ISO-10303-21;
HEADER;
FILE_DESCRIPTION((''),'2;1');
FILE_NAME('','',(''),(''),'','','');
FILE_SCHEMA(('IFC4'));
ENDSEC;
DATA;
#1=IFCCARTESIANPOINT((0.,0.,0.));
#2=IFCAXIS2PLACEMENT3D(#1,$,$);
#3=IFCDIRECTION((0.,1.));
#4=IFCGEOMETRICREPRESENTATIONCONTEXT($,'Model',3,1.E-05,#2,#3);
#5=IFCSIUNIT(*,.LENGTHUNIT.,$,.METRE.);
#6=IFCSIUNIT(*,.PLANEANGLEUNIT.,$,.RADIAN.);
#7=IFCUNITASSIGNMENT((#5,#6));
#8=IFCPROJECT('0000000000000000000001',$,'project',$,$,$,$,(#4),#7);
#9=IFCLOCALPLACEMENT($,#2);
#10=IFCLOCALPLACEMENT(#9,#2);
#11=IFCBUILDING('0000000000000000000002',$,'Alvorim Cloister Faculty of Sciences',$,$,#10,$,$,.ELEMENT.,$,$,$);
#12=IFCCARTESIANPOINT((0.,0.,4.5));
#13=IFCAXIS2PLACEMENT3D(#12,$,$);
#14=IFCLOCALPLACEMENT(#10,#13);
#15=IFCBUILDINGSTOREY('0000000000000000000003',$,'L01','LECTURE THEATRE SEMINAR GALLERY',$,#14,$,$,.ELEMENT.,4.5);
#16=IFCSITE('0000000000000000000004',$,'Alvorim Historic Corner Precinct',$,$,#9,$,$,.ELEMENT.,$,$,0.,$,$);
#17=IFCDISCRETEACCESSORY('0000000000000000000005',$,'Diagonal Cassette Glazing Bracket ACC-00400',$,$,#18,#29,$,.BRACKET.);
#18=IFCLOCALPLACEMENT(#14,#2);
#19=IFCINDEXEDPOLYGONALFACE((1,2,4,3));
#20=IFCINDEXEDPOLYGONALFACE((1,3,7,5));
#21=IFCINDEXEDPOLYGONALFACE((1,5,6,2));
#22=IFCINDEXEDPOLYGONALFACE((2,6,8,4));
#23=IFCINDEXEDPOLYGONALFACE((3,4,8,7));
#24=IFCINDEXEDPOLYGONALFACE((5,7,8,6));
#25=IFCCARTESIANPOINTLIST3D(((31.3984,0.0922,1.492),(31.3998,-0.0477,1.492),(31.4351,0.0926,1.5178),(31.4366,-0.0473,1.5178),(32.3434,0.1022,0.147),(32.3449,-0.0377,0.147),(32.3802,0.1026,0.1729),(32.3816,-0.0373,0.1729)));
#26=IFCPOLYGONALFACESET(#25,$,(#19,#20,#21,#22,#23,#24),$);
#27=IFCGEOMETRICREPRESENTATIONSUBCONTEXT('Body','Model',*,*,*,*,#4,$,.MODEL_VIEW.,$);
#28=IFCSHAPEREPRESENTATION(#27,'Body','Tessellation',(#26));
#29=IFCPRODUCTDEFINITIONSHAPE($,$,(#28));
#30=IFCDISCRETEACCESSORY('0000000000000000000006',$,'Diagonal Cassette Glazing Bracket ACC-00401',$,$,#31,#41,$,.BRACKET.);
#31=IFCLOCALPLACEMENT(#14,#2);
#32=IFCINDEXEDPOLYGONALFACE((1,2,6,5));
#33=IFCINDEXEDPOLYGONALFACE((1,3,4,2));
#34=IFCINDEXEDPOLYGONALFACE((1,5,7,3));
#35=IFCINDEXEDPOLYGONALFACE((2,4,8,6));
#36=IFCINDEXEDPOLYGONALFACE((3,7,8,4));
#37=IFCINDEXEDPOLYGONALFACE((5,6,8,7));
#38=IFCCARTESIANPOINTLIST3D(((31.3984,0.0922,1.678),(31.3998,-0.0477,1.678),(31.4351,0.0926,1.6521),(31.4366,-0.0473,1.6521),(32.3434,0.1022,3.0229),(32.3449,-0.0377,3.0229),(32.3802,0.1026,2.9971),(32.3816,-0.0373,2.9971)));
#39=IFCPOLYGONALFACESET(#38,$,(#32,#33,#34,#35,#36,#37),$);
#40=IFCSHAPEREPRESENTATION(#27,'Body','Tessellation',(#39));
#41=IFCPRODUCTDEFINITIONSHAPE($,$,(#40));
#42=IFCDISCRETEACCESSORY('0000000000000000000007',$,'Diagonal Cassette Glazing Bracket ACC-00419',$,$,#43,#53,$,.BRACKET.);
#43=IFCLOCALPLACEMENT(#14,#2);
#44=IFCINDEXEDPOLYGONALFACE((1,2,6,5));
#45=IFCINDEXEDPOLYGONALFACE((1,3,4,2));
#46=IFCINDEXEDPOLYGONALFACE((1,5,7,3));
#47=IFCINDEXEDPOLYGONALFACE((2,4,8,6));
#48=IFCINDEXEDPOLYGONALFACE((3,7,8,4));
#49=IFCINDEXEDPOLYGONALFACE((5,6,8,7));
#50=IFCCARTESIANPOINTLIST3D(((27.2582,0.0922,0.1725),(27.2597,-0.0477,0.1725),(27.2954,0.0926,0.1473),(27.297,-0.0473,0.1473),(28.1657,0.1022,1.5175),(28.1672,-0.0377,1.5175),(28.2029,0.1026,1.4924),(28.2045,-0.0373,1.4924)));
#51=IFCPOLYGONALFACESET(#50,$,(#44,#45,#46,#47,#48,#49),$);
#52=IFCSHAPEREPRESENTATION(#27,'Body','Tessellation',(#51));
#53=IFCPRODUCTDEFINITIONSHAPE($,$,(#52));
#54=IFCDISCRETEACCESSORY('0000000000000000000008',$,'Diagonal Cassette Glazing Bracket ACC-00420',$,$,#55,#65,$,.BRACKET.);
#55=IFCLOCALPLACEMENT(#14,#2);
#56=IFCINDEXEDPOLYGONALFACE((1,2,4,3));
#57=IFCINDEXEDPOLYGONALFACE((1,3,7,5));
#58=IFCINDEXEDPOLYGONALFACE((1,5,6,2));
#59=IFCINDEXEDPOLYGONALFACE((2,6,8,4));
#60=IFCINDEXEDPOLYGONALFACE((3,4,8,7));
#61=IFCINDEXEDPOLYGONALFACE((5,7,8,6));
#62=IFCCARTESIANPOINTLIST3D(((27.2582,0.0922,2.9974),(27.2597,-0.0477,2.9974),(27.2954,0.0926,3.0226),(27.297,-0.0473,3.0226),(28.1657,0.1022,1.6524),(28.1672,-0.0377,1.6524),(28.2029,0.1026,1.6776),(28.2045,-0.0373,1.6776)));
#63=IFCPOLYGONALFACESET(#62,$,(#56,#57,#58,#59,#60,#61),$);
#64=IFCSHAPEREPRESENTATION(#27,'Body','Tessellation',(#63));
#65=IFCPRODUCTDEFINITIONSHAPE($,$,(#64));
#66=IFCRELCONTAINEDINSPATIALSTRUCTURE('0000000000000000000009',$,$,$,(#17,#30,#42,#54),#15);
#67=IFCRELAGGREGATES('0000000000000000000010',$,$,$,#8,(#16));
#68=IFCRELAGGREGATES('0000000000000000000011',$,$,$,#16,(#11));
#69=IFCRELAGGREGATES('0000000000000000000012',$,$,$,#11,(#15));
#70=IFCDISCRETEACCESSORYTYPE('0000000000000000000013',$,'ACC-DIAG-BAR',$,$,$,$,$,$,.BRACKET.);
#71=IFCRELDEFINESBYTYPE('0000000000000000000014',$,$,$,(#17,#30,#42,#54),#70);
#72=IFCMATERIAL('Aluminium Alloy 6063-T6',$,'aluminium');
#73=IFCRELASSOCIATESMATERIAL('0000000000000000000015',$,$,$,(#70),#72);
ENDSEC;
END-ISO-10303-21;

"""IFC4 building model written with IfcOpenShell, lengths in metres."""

from ifc_helpers import new_model, si_unit, direction, frame, origin, origin_2d, place, context, subcontext, project, spatial, rectangle, extrude, material, type_object, element, save


model = new_model("IFC4")

# Units and contexts
model_context = context("Model", 3, precision=1e-05, world=origin(), true_north=direction((0.0, 1.0)))
body_context = subcontext(model_context, "Body", "Model", "MODEL_VIEW")
ifc_project = project(units=[si_unit("LENGTHUNIT", "METRE"), si_unit("PLANEANGLEUNIT", "RADIAN")], contexts=[model_context])

# Site, building, storey
site_placement = place(None, origin())
site = spatial("IfcSite", under=ifc_project, at=site_placement, Name="Alvorim Historic Corner Precinct", CompositionType="ELEMENT", RefElevation=0.0)
building_placement = place(site_placement, origin())
building = spatial("IfcBuilding", under=site, at=building_placement, Name="Alvorim Cloister Faculty of Sciences", CompositionType="ELEMENT")
storey_placement = place(building_placement, frame((0.0, 0.0, 4.5)))
storey = spatial("IfcBuildingStorey", under=building, at=storey_placement, Name="L01", Description="LECTURE THEATRE SEMINAR GALLERY", CompositionType="ELEMENT", Elevation=4.5)

# Shared definitions
ifc_material_1 = material(Name="Aluminium Alloy 6063-T6", Category="aluminium")

# Discrete accessories
discrete_accessory_type = type_object("IfcDiscreteAccessoryType", Name="ACC-DIAG-BAR", PredefinedType="BRACKET", material=ifc_material_1)
for number, where, z_axis, x_axis, name in (
    (1, (31.4175, 0.0225, 1.5049), (0.574916, 0.006089, -0.81819), (-0.010591, 0.999944, 0.0), "Diagonal Cassette Glazing Bracket ACC-00400"),
    (2, (31.4175, 0.0225, 1.665), (0.574916, 0.006089, 0.81819), (-0.010591, 0.999944, 0.0), "Diagonal Cassette Glazing Bracket ACC-00401"),
):
    element("IfcDiscreteAccessory", number, at=place(storey_placement, frame(where, z_axis=z_axis, x_axis=x_axis)), inside=storey, type_object=discrete_accessory_type, Name=name, PredefinedType="BRACKET", context=body_context, shape_type="SweptSolid", body=[
        extrude(rectangle(XDim=0.1399, YDim=0.0449, at=origin_2d()), origin(), (0.0, 0.0, 1.0), 1.6438),
    ])
for number, where, z_axis, x_axis, name in (
    (3, (27.2776, 0.0225, 0.1599), (0.559299, 0.006169, 0.828943), (-0.01103, 0.999939, 0.0), "Diagonal Cassette Glazing Bracket ACC-00419"),
    (4, (27.2776, 0.0225, 3.01), (0.559299, 0.006169, -0.828943), (-0.01103, 0.999939, 0.0), "Diagonal Cassette Glazing Bracket ACC-00420"),
):
    element("IfcDiscreteAccessory", number, at=place(storey_placement, frame(where, z_axis=z_axis, x_axis=x_axis)), inside=storey, type_object=discrete_accessory_type, Name=name, PredefinedType="BRACKET", context=body_context, shape_type="SweptSolid", body=[
        extrude(rectangle(XDim=0.1399, YDim=0.0449, at=origin_2d()), origin(), (0.0, 0.0, 1.0), 1.6226),
    ])

save(model, "model.ifc")
